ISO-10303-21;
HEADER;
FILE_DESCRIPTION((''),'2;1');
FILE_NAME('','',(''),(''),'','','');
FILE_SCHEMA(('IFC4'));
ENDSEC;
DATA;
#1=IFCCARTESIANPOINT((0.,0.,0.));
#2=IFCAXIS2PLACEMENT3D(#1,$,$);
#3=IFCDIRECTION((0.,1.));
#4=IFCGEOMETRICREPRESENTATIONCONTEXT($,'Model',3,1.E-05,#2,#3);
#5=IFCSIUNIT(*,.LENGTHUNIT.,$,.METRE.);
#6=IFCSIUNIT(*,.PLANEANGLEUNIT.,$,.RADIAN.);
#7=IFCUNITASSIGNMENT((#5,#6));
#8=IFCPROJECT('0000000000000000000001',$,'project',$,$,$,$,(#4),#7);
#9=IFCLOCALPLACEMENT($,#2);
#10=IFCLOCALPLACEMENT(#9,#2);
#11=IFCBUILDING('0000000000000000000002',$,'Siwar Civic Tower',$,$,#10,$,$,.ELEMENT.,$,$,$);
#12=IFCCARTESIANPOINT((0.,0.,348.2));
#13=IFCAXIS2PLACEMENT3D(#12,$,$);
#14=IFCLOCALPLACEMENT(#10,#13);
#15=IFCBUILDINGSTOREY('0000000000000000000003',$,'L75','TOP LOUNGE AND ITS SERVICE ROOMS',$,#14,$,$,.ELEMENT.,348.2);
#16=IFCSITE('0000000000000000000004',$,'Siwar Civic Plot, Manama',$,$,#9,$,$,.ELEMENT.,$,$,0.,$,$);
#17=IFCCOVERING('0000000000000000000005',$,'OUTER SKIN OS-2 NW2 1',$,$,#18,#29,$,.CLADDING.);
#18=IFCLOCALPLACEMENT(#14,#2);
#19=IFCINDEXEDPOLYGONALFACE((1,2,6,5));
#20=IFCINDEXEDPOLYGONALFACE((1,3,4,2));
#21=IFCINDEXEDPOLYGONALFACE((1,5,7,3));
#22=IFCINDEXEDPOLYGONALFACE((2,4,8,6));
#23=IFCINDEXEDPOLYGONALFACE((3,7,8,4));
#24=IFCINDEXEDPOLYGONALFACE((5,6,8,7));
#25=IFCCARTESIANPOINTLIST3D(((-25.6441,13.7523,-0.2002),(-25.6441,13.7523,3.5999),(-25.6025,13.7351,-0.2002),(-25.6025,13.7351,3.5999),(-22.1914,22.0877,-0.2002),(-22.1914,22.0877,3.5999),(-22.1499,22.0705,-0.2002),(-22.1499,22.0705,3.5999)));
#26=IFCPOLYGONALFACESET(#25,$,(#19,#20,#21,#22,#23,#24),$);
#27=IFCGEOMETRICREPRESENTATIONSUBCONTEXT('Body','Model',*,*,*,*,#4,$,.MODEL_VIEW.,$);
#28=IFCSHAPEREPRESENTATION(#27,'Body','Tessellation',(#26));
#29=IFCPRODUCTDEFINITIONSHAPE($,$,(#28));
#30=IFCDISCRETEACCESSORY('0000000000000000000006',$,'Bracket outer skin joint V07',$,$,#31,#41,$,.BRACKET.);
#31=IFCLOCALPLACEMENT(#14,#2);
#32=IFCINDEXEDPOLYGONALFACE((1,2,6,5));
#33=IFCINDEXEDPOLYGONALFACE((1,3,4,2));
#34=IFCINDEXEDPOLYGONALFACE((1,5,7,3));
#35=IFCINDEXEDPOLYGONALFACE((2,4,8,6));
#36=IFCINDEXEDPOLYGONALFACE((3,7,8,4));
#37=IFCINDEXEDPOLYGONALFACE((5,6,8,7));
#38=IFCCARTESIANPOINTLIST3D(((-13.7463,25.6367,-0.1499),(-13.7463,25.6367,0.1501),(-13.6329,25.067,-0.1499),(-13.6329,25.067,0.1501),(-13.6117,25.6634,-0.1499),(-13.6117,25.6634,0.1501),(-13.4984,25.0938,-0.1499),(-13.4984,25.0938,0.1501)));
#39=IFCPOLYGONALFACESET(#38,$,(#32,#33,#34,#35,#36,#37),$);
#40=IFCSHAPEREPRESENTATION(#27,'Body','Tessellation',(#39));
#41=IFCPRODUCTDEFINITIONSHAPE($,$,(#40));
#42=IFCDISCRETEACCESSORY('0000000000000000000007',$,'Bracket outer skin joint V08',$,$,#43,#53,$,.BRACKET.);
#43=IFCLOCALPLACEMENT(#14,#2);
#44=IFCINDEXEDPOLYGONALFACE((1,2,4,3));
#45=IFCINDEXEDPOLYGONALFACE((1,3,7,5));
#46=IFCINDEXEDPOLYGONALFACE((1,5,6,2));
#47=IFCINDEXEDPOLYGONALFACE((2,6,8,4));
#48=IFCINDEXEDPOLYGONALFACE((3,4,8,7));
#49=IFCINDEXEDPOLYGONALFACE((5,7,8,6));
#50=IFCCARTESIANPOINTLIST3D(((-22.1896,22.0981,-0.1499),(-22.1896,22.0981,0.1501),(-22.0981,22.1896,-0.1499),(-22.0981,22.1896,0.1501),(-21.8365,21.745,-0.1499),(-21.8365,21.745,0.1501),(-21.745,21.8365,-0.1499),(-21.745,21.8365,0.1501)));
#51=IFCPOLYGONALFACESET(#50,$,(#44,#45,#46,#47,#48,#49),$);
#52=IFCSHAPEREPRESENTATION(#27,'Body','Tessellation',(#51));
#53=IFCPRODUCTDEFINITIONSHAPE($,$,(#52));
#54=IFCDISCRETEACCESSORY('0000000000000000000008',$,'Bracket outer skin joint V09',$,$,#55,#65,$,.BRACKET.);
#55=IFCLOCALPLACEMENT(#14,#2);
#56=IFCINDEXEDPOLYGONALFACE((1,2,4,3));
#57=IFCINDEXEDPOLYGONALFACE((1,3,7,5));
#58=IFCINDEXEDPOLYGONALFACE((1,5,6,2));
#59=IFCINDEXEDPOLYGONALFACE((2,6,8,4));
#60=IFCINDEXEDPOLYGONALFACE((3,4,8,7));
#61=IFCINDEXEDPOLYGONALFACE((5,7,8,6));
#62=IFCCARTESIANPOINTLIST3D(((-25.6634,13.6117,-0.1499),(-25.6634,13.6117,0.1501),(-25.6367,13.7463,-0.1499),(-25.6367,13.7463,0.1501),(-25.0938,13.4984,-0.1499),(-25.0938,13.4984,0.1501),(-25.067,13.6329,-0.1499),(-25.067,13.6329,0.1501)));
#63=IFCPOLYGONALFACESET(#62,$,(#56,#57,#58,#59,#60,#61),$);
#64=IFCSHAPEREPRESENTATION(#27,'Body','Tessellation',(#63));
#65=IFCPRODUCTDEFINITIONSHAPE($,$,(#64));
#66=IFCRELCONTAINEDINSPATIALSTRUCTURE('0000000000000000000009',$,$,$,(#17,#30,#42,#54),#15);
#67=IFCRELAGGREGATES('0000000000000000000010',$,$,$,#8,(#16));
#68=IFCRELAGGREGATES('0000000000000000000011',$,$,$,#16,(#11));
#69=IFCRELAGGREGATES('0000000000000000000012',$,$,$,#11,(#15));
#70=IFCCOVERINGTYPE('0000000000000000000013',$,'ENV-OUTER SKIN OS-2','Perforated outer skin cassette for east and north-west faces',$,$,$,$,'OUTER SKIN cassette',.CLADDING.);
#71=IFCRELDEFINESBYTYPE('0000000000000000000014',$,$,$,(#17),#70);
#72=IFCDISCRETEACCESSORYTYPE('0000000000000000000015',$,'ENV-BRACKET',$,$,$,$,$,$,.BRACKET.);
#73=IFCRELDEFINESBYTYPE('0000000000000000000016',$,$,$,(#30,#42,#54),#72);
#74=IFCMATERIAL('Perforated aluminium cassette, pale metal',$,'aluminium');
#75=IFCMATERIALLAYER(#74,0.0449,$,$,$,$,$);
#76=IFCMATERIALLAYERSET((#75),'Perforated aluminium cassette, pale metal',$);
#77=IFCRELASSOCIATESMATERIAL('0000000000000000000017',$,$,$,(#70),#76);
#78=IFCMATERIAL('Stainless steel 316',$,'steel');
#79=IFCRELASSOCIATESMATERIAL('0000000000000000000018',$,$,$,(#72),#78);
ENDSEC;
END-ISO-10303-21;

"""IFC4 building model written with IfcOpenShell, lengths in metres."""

from ifc_helpers import new_model, si_unit, direction, frame, origin, origin_2d, place, context, subcontext, project, spatial, rectangle, extrude, material, layer, layer_set, type_object, element, save


model = new_model("IFC4")

# Units and contexts
model_context = context("Model", 3, precision=1e-05, world=origin(), true_north=direction((0.0, 1.0)))
body_context = subcontext(model_context, "Body", "Model", "MODEL_VIEW")
ifc_project = project(units=[si_unit("LENGTHUNIT", "METRE"), si_unit("PLANEANGLEUNIT", "RADIAN")], contexts=[model_context])

# Site, building, storey
site_placement = place(None, origin())
site = spatial("IfcSite", under=ifc_project, at=site_placement, Name="Siwar Civic Plot, Manama", CompositionType="ELEMENT", RefElevation=0.0)
building_placement = place(site_placement, origin())
building = spatial("IfcBuilding", under=site, at=building_placement, Name="Siwar Civic Tower", CompositionType="ELEMENT")
storey_placement = place(building_placement, frame((0.0, 0.0, 348.2)))
storey = spatial("IfcBuildingStorey", under=building, at=storey_placement, Name="L75", Description="TOP LOUNGE AND ITS SERVICE ROOMS", CompositionType="ELEMENT", Elevation=348.2)

# Covering
ifc_material_1 = material(Name="Perforated aluminium cassette, pale metal", Category="aluminium")
ifc_layer_1 = layer(ifc_material_1, 0.0449)
ifc_layer_set_1 = layer_set([ifc_layer_1], Name="Perforated aluminium cassette, pale metal")
covering_type_1 = type_object("IfcCoveringType", Name="ENV-OUTER SKIN OS-2", Description="Perforated outer skin cassette for east and north-west faces", ElementType="OUTER SKIN cassette", PredefinedType="CLADDING", material=ifc_layer_set_1)
covering_1_placement = place(storey_placement, frame((-23.897, 17.9114, -0.2002), z_axis=(0.0, 0.0, 1.0), x_axis=(-0.382683, -0.92388, 0.0)))
element("IfcCovering", 1, at=covering_1_placement, inside=storey, type_object=covering_type_1, Name="OUTER SKIN OS-2 NW2 1", PredefinedType="CLADDING", context=body_context, shape_type="SweptSolid", body=[
    extrude(rectangle(XDim=9.0222, YDim=0.0449, at=origin_2d()), origin(), (0.0, 0.0, 1.0), 3.8),
])

# Discrete accessories
ifc_material_2 = material(Name="Stainless steel 316", Category="steel")
discrete_accessory_type = type_object("IfcDiscreteAccessoryType", Name="ENV-BRACKET", PredefinedType="BRACKET", material=ifc_material_2)
discrete_accessory_1_placement = place(storey_placement, frame((-13.6223, 25.3652, -0.1499), z_axis=(0.0, 0.0, 1.0), x_axis=(-0.19509, 0.980785, 0.0)))
element("IfcDiscreteAccessory", 2, at=discrete_accessory_1_placement, inside=storey, type_object=discrete_accessory_type, Name="Bracket outer skin joint V07", PredefinedType="BRACKET", context=body_context, shape_type="SweptSolid", body=[
    extrude(rectangle(XDim=0.5808, YDim=0.1372, at=origin_2d()), origin(), (0.0, 0.0, 1.0), 0.3),
])
discrete_accessory_2_placement = place(storey_placement, frame((-21.9673, 21.9673, -0.1499), z_axis=(0.0, 0.0, 1.0), x_axis=(-0.707107, 0.707107, 0.0)))
element("IfcDiscreteAccessory", 3, at=discrete_accessory_2_placement, inside=storey, type_object=discrete_accessory_type, Name="Bracket outer skin joint V08", PredefinedType="BRACKET", context=body_context, shape_type="SweptSolid", body=[
    extrude(rectangle(XDim=0.4993, YDim=0.1294, at=origin_2d()), origin(), (0.0, 0.0, 1.0), 0.3),
])
discrete_accessory_3_placement = place(storey_placement, frame((-25.3652, 13.6223, -0.1499), z_axis=(0.0, 0.0, 1.0), x_axis=(-0.980785, 0.19509, 0.0)))
element("IfcDiscreteAccessory", 4, at=discrete_accessory_3_placement, inside=storey, type_object=discrete_accessory_type, Name="Bracket outer skin joint V09", PredefinedType="BRACKET", context=body_context, shape_type="SweptSolid", body=[
    extrude(rectangle(XDim=0.5808, YDim=0.1372, at=origin_2d()), origin(), (0.0, 0.0, 1.0), 0.3),
])

save(model, "model.ifc")
